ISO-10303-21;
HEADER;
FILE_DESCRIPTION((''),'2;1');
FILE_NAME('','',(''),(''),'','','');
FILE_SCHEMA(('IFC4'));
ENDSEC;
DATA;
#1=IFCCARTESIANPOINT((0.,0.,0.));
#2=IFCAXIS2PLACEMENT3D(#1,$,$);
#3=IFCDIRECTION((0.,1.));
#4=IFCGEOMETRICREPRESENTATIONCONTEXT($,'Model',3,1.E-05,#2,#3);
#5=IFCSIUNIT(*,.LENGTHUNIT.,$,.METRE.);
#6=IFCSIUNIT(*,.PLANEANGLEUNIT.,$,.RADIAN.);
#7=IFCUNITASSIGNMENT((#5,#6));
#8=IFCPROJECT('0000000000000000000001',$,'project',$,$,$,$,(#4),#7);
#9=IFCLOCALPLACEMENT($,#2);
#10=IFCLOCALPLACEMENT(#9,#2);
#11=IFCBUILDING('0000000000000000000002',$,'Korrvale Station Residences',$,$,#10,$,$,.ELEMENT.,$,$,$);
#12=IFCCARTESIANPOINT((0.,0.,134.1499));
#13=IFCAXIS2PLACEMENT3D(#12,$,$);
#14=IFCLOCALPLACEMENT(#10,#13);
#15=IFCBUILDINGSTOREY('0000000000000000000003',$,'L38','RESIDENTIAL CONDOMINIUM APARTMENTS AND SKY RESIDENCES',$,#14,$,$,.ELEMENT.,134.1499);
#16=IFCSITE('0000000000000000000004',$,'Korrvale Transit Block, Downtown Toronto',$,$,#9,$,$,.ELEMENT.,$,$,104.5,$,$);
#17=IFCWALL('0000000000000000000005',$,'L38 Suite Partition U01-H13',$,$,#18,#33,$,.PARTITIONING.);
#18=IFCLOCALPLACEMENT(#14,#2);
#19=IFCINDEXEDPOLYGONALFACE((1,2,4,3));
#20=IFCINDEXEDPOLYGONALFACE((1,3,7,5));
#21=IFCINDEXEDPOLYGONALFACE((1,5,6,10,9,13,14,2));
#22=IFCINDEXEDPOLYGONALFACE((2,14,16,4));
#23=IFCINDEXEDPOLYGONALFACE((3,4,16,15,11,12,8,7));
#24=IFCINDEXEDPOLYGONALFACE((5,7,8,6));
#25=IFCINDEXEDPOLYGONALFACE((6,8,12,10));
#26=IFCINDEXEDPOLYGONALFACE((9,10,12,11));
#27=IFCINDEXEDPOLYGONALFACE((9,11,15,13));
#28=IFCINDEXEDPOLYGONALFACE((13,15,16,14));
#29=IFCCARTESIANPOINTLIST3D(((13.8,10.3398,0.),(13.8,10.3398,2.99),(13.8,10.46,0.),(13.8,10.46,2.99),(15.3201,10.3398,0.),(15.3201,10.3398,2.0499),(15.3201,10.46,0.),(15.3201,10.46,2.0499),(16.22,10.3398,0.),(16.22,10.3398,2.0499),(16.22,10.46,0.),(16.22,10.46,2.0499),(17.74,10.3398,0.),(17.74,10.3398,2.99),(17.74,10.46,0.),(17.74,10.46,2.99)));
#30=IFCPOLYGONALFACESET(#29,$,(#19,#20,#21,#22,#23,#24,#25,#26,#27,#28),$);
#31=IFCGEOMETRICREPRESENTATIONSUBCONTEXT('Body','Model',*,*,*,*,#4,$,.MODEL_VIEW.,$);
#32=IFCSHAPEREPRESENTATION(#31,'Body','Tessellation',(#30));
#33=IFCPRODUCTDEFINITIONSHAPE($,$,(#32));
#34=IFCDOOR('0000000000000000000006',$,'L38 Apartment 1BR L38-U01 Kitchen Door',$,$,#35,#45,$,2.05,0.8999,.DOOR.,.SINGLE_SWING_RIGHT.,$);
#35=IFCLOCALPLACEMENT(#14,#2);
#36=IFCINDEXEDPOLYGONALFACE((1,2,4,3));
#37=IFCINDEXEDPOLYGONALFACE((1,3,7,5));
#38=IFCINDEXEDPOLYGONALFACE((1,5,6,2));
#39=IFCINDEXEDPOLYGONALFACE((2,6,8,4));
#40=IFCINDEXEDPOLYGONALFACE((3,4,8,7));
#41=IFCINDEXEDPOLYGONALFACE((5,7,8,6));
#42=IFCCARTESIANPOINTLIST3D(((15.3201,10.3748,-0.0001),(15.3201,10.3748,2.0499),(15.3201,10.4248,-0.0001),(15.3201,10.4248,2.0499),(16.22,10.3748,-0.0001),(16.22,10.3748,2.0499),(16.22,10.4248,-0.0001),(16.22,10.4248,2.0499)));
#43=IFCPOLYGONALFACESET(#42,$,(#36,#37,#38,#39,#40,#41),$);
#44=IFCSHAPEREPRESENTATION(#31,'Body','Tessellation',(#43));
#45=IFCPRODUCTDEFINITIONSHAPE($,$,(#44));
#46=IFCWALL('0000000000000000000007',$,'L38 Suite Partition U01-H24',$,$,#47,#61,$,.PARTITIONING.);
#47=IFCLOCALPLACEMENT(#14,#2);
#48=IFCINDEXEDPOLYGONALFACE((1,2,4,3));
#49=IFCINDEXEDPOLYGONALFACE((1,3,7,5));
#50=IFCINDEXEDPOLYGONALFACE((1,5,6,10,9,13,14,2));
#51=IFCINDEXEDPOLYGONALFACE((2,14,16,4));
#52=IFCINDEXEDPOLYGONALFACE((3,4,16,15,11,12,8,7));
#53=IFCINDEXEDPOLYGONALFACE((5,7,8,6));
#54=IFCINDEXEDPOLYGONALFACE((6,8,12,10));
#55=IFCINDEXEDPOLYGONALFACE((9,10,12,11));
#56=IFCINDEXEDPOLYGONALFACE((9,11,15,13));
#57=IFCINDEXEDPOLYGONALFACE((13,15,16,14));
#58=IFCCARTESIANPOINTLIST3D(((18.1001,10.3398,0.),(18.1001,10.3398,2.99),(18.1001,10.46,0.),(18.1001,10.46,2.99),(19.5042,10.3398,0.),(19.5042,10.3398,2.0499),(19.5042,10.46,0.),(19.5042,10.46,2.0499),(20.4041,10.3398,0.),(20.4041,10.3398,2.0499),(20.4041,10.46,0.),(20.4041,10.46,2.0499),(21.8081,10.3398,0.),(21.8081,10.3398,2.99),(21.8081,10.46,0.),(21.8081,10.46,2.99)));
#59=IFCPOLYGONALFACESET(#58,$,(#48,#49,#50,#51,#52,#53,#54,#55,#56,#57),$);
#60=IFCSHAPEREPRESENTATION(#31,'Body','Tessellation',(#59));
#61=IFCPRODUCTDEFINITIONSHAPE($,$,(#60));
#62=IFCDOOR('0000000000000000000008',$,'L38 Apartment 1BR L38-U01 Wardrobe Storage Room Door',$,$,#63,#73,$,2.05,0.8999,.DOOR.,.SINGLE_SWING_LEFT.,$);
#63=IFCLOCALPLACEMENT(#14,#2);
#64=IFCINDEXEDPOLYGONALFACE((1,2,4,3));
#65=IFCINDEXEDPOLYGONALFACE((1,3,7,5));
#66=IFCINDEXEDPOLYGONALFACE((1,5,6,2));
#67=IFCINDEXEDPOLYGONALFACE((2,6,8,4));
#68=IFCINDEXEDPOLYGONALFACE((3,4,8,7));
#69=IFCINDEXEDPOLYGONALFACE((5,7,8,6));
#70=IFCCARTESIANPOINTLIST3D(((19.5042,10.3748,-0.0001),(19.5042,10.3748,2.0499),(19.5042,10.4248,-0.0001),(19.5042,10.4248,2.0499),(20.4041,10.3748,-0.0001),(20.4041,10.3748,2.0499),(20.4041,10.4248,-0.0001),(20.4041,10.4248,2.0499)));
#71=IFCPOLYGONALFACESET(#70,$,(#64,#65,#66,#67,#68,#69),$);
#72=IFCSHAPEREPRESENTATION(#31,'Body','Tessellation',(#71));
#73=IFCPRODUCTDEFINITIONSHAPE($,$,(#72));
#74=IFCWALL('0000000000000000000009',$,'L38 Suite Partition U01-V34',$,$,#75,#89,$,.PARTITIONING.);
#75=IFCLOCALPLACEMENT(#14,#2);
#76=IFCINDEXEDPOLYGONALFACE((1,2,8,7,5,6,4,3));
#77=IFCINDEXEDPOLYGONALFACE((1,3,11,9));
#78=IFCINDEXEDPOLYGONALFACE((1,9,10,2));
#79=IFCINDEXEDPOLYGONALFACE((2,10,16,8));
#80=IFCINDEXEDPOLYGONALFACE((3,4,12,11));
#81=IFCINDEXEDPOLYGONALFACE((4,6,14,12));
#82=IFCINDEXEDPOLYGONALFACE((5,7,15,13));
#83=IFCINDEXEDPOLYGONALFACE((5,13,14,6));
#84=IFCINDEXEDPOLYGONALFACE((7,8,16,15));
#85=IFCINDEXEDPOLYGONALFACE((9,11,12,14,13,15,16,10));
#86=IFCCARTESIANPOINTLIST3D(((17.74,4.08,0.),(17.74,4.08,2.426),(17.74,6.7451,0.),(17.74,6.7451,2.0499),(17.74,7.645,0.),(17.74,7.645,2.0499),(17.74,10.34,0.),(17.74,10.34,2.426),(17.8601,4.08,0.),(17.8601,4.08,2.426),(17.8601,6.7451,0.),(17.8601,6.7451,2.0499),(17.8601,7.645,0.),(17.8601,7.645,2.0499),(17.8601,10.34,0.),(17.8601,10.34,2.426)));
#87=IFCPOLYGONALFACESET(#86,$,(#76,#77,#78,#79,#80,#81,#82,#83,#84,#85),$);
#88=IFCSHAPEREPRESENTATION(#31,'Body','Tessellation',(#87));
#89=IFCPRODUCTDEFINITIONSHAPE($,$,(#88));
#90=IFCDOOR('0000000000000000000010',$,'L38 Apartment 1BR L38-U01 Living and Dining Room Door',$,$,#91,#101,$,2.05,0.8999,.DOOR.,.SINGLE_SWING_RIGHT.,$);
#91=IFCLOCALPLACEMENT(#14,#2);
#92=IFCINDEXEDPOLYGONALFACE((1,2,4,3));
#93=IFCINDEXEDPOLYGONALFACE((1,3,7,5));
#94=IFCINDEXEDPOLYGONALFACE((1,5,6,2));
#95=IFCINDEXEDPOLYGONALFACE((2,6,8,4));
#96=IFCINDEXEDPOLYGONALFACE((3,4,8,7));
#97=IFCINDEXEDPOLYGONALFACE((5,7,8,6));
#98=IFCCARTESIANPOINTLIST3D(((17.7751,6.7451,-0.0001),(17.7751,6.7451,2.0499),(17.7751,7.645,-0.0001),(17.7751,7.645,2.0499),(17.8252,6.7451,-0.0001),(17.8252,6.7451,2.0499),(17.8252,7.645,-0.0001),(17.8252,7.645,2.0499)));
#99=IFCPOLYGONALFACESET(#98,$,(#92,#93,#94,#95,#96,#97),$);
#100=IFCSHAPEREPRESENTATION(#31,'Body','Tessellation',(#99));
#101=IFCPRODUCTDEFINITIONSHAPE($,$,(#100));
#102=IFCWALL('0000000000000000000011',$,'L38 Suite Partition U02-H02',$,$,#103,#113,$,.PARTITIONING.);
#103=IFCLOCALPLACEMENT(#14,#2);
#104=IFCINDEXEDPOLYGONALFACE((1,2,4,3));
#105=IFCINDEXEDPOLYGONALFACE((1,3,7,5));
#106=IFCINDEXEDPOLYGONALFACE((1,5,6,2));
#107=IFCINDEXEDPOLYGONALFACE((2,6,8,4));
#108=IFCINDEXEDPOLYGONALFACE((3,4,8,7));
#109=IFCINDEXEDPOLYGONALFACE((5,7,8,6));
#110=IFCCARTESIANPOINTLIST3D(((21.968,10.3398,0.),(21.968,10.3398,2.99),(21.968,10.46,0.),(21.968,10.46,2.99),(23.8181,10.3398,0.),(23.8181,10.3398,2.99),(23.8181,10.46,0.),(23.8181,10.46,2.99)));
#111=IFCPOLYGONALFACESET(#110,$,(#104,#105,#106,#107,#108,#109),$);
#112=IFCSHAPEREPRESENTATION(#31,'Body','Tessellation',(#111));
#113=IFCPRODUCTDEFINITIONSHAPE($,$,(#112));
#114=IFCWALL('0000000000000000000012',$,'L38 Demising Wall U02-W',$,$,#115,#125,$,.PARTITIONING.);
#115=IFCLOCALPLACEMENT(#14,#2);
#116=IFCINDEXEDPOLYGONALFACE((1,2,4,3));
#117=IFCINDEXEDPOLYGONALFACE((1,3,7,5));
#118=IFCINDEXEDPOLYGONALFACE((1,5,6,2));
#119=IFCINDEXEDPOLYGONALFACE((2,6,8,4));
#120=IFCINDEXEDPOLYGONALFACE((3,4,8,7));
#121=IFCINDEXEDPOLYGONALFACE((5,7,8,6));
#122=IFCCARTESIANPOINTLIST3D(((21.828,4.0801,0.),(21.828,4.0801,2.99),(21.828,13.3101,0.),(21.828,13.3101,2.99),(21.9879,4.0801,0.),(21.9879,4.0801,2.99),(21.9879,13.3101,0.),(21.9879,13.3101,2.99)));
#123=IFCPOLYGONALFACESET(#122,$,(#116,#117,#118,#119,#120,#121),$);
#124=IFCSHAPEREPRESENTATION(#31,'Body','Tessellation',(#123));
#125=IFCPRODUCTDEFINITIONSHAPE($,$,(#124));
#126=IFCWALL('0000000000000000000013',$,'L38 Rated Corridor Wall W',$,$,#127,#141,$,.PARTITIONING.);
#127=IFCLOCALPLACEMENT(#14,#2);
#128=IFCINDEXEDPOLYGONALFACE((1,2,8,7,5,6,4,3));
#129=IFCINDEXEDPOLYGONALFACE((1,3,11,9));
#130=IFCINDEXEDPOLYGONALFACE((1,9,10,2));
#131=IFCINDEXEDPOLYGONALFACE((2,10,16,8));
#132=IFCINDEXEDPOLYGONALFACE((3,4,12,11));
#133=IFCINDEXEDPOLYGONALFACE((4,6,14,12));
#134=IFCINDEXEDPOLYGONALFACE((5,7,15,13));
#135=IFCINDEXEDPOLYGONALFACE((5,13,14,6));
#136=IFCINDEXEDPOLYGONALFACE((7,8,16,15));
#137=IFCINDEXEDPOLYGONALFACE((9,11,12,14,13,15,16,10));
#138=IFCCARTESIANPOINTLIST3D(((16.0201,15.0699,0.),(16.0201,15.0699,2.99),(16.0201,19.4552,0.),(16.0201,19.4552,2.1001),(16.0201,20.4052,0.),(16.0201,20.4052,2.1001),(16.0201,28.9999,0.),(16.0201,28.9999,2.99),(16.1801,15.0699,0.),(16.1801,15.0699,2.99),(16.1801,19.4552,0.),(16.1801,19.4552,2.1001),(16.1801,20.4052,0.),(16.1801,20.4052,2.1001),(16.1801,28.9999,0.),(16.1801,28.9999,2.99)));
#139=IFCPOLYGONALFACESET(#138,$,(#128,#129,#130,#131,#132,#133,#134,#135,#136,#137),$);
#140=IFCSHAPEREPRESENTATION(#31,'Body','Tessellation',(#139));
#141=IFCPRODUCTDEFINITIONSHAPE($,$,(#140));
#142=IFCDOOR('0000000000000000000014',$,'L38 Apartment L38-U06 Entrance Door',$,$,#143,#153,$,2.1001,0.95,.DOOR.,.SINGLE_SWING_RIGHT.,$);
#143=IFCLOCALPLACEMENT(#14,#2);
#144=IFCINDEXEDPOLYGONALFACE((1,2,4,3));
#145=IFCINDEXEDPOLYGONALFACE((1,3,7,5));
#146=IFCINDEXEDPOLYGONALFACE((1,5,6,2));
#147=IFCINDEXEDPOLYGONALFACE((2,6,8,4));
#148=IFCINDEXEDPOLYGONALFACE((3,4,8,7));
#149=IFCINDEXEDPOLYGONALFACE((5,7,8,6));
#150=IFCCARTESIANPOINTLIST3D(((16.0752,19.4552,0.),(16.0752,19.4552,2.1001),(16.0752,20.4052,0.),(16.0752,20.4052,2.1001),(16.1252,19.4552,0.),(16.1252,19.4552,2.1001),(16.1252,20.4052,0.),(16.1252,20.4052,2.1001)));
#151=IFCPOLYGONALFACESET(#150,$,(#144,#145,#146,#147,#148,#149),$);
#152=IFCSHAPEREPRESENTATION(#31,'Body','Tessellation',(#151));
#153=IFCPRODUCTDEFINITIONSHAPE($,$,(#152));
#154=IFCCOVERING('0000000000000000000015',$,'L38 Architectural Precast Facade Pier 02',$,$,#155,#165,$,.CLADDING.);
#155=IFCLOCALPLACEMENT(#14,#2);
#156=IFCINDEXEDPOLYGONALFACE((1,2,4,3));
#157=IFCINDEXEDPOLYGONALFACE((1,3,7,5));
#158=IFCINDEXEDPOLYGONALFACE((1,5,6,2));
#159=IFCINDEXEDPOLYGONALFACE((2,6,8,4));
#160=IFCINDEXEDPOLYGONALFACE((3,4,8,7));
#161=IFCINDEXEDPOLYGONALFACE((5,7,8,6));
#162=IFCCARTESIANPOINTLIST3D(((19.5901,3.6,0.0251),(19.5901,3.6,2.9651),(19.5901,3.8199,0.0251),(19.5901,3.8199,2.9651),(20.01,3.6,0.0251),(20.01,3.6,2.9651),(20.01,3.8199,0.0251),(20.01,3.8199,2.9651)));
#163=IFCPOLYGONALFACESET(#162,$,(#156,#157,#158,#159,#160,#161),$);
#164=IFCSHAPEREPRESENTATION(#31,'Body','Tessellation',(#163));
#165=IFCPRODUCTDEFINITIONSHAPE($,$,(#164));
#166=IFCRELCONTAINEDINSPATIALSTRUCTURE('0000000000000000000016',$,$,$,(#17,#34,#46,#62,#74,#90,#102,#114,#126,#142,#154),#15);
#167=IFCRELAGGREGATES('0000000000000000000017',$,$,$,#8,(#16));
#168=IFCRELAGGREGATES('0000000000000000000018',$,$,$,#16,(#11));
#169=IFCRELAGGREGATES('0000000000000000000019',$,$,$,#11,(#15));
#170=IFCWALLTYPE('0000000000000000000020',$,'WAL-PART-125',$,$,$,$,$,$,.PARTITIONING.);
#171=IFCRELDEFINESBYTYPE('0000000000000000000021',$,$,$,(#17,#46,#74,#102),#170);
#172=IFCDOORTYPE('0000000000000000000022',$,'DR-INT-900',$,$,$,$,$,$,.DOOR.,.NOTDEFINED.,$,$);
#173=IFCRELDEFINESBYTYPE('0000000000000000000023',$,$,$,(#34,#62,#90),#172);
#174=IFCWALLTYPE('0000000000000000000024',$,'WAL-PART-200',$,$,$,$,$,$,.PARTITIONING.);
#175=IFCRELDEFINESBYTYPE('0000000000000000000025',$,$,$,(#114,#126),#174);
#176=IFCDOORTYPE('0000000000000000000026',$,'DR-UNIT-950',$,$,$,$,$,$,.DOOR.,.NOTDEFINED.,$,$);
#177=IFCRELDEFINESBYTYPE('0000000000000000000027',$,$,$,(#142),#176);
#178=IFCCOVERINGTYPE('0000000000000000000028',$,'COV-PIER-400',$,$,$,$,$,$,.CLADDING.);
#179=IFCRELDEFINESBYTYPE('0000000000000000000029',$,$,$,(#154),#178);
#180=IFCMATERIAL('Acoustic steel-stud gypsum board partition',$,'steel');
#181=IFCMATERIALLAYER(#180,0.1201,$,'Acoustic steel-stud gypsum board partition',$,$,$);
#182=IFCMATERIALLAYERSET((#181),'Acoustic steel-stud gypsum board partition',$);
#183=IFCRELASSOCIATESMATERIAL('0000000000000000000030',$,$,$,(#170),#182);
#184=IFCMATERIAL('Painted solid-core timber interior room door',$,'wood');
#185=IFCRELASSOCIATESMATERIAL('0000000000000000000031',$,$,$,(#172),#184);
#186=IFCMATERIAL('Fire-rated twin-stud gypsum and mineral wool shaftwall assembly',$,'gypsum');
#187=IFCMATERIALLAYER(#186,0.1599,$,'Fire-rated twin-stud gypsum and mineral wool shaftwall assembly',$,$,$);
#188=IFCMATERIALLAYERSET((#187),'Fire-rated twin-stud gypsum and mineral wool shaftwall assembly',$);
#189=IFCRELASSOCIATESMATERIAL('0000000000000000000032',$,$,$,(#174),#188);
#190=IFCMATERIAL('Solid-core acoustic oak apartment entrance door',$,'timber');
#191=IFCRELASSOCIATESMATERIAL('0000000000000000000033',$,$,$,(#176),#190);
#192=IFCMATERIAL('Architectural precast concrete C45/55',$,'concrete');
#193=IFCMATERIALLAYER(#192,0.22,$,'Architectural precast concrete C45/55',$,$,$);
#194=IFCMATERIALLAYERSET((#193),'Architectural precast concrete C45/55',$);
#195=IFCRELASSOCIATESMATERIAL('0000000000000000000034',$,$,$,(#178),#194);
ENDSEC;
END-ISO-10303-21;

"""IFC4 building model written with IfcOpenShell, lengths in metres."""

from ifc_helpers import new_model, si_unit, direction, frame, frame_2d, origin, origin_2d, place, context, subcontext, project, spatial, rectangle, extrude, material, layer, layer_set, type_object, element, fill, save


model = new_model("IFC4")

# Units and contexts
model_context = context("Model", 3, precision=1e-05, world=origin(), true_north=direction((0.0, 1.0)))
body_context = subcontext(model_context, "Body", "Model", "MODEL_VIEW")
ifc_project = project(units=[si_unit("LENGTHUNIT", "METRE"), si_unit("PLANEANGLEUNIT", "RADIAN")], contexts=[model_context])

# Site, building, storey
site_placement = place(None, origin())
site = spatial("IfcSite", under=ifc_project, at=site_placement, Name="Korrvale Transit Block, Downtown Toronto", CompositionType="ELEMENT", RefElevation=104.5)
building_placement = place(site_placement, origin())
building = spatial("IfcBuilding", under=site, at=building_placement, Name="Korrvale Station Residences", CompositionType="ELEMENT")
storey_placement = place(building_placement, frame((0.0, 0.0, 134.1499)))
storey = spatial("IfcBuildingStorey", under=building, at=storey_placement, Name="L38", Description="RESIDENTIAL CONDOMINIUM APARTMENTS AND SKY RESIDENCES", CompositionType="ELEMENT", Elevation=134.1499)

# Walls, openings, doors
ifc_material_1 = material(Name="Acoustic steel-stud gypsum board partition", Category="steel")
ifc_layer_1 = layer(ifc_material_1, 0.1201, Name="Acoustic steel-stud gypsum board partition")
ifc_layer_set_1 = layer_set([ifc_layer_1], Name="Acoustic steel-stud gypsum board partition")
wall_type_1 = type_object("IfcWallType", Name="WAL-PART-125", PredefinedType="PARTITIONING", material=ifc_layer_set_1)
ifc_material_2 = material(Name="Painted solid-core timber interior room door", Category="wood")
door_type_1 = type_object("IfcDoorType", Name="DR-INT-900", OperationType="NOTDEFINED", PredefinedType="DOOR", material=ifc_material_2)
wall_1_placement = place(storey_placement, frame((13.8, 10.3999, 0.0), z_axis=(0.0, 0.0, 1.0), x_axis=(1.0, 0.0, 0.0)))
wall_1 = element("IfcWall", 1, at=wall_1_placement, inside=storey, type_object=wall_type_1, Name="L38 Suite Partition U01-H13", PredefinedType="PARTITIONING", context=body_context, shape_type="SweptSolid", body=[
    extrude(rectangle(XDim=3.9399, YDim=0.1201, at=frame_2d((1.97, 0.0))), origin(), (0.0, 0.0, 1.0), 2.99),
])
opening_1_placement = place(wall_1_placement, frame((1.52, 0.0, 0.0)))
opening_1 = element("IfcOpeningElement", 2, at=opening_1_placement, cuts=wall_1, PredefinedType="OPENING", context=body_context, shape_type="SweptSolid", body=[
    extrude(rectangle(XDim=0.8999, YDim=2.05, at=frame_2d((0.45, 1.0249))), frame((0.0, 0.0701, 0.0), z_axis=(0.0, -1.0, 0.0), x_axis=(1.0, 0.0, 0.0)), (0.0, 0.0, 1.0), 0.1401),
])
door_1_placement = place(opening_1_placement, origin())
door_1 = element("IfcDoor", 3, at=door_1_placement, inside=storey, type_object=door_type_1, Name="L38 Apartment 1BR L38-U01 Kitchen Door", OperationType="SINGLE_SWING_RIGHT", OverallHeight=2.05, OverallWidth=0.8999, PredefinedType="DOOR", context=body_context, shape_type="SweptSolid", body=[
    extrude(rectangle(XDim=0.8999, YDim=2.05, at=frame_2d((0.45, 1.0249))), frame((0.0, 0.0249, 0.0), z_axis=(0.0, -1.0, 0.0), x_axis=(1.0, 0.0, 0.0)), (0.0, 0.0, 1.0), 0.05),
])
fill(opening_1, door_1)
wall_2_placement = place(storey_placement, frame((18.1001, 10.3999, 0.0), z_axis=(0.0, 0.0, 1.0), x_axis=(1.0, 0.0, 0.0)))
wall_2 = element("IfcWall", 4, at=wall_2_placement, inside=storey, type_object=wall_type_1, Name="L38 Suite Partition U01-H24", PredefinedType="PARTITIONING", context=body_context, shape_type="SweptSolid", body=[
    extrude(rectangle(XDim=3.708, YDim=0.1201, at=frame_2d((1.854, 0.0))), origin(), (0.0, 0.0, 1.0), 2.99),
])
opening_2_placement = place(wall_2_placement, frame((1.4041, 0.0, 0.0)))
opening_2 = element("IfcOpeningElement", 5, at=opening_2_placement, cuts=wall_2, PredefinedType="OPENING", context=body_context, shape_type="SweptSolid", body=[
    extrude(rectangle(XDim=0.8999, YDim=2.05, at=frame_2d((0.45, 1.0249))), frame((0.0, 0.0701, 0.0), z_axis=(0.0, -1.0, 0.0), x_axis=(1.0, 0.0, 0.0)), (0.0, 0.0, 1.0), 0.1401),
])
door_2_placement = place(opening_2_placement, origin())
door_2 = element("IfcDoor", 6, at=door_2_placement, inside=storey, type_object=door_type_1, Name="L38 Apartment 1BR L38-U01 Wardrobe Storage Room Door", OperationType="SINGLE_SWING_LEFT", OverallHeight=2.05, OverallWidth=0.8999, PredefinedType="DOOR", context=body_context, shape_type="SweptSolid", body=[
    extrude(rectangle(XDim=0.8999, YDim=2.05, at=frame_2d((0.45, 1.0249))), frame((0.0, 0.0249, 0.0), z_axis=(0.0, -1.0, 0.0), x_axis=(1.0, 0.0, 0.0)), (0.0, 0.0, 1.0), 0.05),
])
fill(opening_2, door_2)
wall_3_placement = place(storey_placement, frame((17.8, 4.0801, 0.0), z_axis=(0.0, 0.0, 1.0), x_axis=(0.0, 1.0, 0.0)))
wall_3 = element("IfcWall", 7, at=wall_3_placement, inside=storey, type_object=wall_type_1, Name="L38 Suite Partition U01-V34", PredefinedType="PARTITIONING", context=body_context, shape_type="SweptSolid", body=[
    extrude(rectangle(XDim=6.26, YDim=0.1201, at=frame_2d((3.1299, 0.0))), origin(), (0.0, 0.0, 1.0), 2.426),
])
opening_3_placement = place(wall_3_placement, frame((2.665, 0.0, 0.0)))
opening_3 = element("IfcOpeningElement", 8, at=opening_3_placement, cuts=wall_3, PredefinedType="OPENING", context=body_context, shape_type="SweptSolid", body=[
    extrude(rectangle(XDim=0.8999, YDim=2.05, at=frame_2d((0.45, 1.0249))), frame((0.0, 0.0701, 0.0), z_axis=(0.0, -1.0, 0.0), x_axis=(1.0, 0.0, 0.0)), (0.0, 0.0, 1.0), 0.1401),
])
door_3_placement = place(opening_3_placement, origin())
door_3 = element("IfcDoor", 9, at=door_3_placement, inside=storey, type_object=door_type_1, Name="L38 Apartment 1BR L38-U01 Living and Dining Room Door", OperationType="SINGLE_SWING_RIGHT", OverallHeight=2.05, OverallWidth=0.8999, PredefinedType="DOOR", context=body_context, shape_type="SweptSolid", body=[
    extrude(rectangle(XDim=0.8999, YDim=2.05, at=frame_2d((0.45, 1.0249))), frame((0.0, 0.0249, 0.0), z_axis=(0.0, -1.0, 0.0), x_axis=(1.0, 0.0, 0.0)), (0.0, 0.0, 1.0), 0.05),
])
fill(opening_3, door_3)

# Walls
wall_4_placement = place(storey_placement, frame((21.968, 10.3999, 0.0), z_axis=(0.0, 0.0, 1.0), x_axis=(1.0, 0.0, 0.0)))
element("IfcWall", 10, at=wall_4_placement, inside=storey, type_object=wall_type_1, Name="L38 Suite Partition U02-H02", PredefinedType="PARTITIONING", context=body_context, shape_type="SweptSolid", body=[
    extrude(rectangle(XDim=1.8501, YDim=0.1201, at=frame_2d((0.925, 0.0))), origin(), (0.0, 0.0, 1.0), 2.99),
])
ifc_material_3 = material(Name="Fire-rated twin-stud gypsum and mineral wool shaftwall assembly", Category="gypsum")
ifc_layer_2 = layer(ifc_material_3, 0.1599, Name="Fire-rated twin-stud gypsum and mineral wool shaftwall assembly")
ifc_layer_set_2 = layer_set([ifc_layer_2], Name="Fire-rated twin-stud gypsum and mineral wool shaftwall assembly")
wall_type_2 = type_object("IfcWallType", Name="WAL-PART-200", PredefinedType="PARTITIONING", material=ifc_layer_set_2)
wall_5_placement = place(storey_placement, frame((21.908, 4.0801, 0.0), z_axis=(0.0, 0.0, 1.0), x_axis=(0.0, 1.0, 0.0)))
element("IfcWall", 11, at=wall_5_placement, inside=storey, type_object=wall_type_2, Name="L38 Demising Wall U02-W", PredefinedType="PARTITIONING", context=body_context, shape_type="SweptSolid", body=[
    extrude(rectangle(XDim=9.23, YDim=0.1599, at=frame_2d((4.615, 0.0))), origin(), (0.0, 0.0, 1.0), 2.99),
])

# Wall, opening, door
wall_6_placement = place(storey_placement, frame((16.1001, 15.0701, 0.0), z_axis=(0.0, 0.0, 1.0), x_axis=(0.0, 1.0, 0.0)))
wall_6 = element("IfcWall", 12, at=wall_6_placement, inside=storey, type_object=wall_type_2, Name="L38 Rated Corridor Wall W", PredefinedType="PARTITIONING", context=body_context, shape_type="SweptSolid", body=[
    extrude(rectangle(XDim=13.9299, YDim=0.1599, at=frame_2d((6.9648, 0.0))), origin(), (0.0, 0.0, 1.0), 2.99),
])
opening_4_placement = place(wall_6_placement, frame((4.385, 0.0, 0.0)))
opening_4 = element("IfcOpeningElement", 13, at=opening_4_placement, cuts=wall_6, PredefinedType="OPENING", context=body_context, shape_type="SweptSolid", body=[
    extrude(rectangle(XDim=0.95, YDim=2.1001, at=frame_2d((0.4751, 1.05))), frame((0.0, 0.0898, 0.0), z_axis=(0.0, -1.0, 0.0), x_axis=(1.0, 0.0, 0.0)), (0.0, 0.0, 1.0), 0.1799),
])
ifc_material_4 = material(Name="Solid-core acoustic oak apartment entrance door", Category="timber")
door_type_2 = type_object("IfcDoorType", Name="DR-UNIT-950", OperationType="NOTDEFINED", PredefinedType="DOOR", material=ifc_material_4)
door_4_placement = place(opening_4_placement, origin())
door_4 = element("IfcDoor", 14, at=door_4_placement, inside=storey, type_object=door_type_2, Name="L38 Apartment L38-U06 Entrance Door", OperationType="SINGLE_SWING_RIGHT", OverallHeight=2.1001, OverallWidth=0.95, PredefinedType="DOOR", context=body_context, shape_type="SweptSolid", body=[
    extrude(rectangle(XDim=0.95, YDim=2.1001, at=frame_2d((0.4751, 1.05))), frame((0.0, 0.0249, 0.0), z_axis=(0.0, -1.0, 0.0), x_axis=(1.0, 0.0, 0.0)), (0.0, 0.0, 1.0), 0.05),
])
fill(opening_4, door_4)

# Covering
ifc_material_5 = material(Name="Architectural precast concrete C45/55", Category="concrete")
ifc_layer_3 = layer(ifc_material_5, 0.22, Name="Architectural precast concrete C45/55")
ifc_layer_set_3 = layer_set([ifc_layer_3], Name="Architectural precast concrete C45/55")
covering_type = type_object("IfcCoveringType", Name="COV-PIER-400", PredefinedType="CLADDING", material=ifc_layer_set_3)
covering_placement = place(storey_placement, frame((19.8, 3.71, 0.0251), z_axis=(0.0, 0.0, 1.0), x_axis=(1.0, 0.0, 0.0)))
element("IfcCovering", 15, at=covering_placement, inside=storey, type_object=covering_type, Name="L38 Architectural Precast Facade Pier 02", PredefinedType="CLADDING", context=body_context, shape_type="SweptSolid", body=[
    extrude(rectangle(XDim=0.4199, YDim=0.22, at=origin_2d()), origin(), (0.0, 0.0, 1.0), 2.9399),
])

save(model, "model.ifc")
